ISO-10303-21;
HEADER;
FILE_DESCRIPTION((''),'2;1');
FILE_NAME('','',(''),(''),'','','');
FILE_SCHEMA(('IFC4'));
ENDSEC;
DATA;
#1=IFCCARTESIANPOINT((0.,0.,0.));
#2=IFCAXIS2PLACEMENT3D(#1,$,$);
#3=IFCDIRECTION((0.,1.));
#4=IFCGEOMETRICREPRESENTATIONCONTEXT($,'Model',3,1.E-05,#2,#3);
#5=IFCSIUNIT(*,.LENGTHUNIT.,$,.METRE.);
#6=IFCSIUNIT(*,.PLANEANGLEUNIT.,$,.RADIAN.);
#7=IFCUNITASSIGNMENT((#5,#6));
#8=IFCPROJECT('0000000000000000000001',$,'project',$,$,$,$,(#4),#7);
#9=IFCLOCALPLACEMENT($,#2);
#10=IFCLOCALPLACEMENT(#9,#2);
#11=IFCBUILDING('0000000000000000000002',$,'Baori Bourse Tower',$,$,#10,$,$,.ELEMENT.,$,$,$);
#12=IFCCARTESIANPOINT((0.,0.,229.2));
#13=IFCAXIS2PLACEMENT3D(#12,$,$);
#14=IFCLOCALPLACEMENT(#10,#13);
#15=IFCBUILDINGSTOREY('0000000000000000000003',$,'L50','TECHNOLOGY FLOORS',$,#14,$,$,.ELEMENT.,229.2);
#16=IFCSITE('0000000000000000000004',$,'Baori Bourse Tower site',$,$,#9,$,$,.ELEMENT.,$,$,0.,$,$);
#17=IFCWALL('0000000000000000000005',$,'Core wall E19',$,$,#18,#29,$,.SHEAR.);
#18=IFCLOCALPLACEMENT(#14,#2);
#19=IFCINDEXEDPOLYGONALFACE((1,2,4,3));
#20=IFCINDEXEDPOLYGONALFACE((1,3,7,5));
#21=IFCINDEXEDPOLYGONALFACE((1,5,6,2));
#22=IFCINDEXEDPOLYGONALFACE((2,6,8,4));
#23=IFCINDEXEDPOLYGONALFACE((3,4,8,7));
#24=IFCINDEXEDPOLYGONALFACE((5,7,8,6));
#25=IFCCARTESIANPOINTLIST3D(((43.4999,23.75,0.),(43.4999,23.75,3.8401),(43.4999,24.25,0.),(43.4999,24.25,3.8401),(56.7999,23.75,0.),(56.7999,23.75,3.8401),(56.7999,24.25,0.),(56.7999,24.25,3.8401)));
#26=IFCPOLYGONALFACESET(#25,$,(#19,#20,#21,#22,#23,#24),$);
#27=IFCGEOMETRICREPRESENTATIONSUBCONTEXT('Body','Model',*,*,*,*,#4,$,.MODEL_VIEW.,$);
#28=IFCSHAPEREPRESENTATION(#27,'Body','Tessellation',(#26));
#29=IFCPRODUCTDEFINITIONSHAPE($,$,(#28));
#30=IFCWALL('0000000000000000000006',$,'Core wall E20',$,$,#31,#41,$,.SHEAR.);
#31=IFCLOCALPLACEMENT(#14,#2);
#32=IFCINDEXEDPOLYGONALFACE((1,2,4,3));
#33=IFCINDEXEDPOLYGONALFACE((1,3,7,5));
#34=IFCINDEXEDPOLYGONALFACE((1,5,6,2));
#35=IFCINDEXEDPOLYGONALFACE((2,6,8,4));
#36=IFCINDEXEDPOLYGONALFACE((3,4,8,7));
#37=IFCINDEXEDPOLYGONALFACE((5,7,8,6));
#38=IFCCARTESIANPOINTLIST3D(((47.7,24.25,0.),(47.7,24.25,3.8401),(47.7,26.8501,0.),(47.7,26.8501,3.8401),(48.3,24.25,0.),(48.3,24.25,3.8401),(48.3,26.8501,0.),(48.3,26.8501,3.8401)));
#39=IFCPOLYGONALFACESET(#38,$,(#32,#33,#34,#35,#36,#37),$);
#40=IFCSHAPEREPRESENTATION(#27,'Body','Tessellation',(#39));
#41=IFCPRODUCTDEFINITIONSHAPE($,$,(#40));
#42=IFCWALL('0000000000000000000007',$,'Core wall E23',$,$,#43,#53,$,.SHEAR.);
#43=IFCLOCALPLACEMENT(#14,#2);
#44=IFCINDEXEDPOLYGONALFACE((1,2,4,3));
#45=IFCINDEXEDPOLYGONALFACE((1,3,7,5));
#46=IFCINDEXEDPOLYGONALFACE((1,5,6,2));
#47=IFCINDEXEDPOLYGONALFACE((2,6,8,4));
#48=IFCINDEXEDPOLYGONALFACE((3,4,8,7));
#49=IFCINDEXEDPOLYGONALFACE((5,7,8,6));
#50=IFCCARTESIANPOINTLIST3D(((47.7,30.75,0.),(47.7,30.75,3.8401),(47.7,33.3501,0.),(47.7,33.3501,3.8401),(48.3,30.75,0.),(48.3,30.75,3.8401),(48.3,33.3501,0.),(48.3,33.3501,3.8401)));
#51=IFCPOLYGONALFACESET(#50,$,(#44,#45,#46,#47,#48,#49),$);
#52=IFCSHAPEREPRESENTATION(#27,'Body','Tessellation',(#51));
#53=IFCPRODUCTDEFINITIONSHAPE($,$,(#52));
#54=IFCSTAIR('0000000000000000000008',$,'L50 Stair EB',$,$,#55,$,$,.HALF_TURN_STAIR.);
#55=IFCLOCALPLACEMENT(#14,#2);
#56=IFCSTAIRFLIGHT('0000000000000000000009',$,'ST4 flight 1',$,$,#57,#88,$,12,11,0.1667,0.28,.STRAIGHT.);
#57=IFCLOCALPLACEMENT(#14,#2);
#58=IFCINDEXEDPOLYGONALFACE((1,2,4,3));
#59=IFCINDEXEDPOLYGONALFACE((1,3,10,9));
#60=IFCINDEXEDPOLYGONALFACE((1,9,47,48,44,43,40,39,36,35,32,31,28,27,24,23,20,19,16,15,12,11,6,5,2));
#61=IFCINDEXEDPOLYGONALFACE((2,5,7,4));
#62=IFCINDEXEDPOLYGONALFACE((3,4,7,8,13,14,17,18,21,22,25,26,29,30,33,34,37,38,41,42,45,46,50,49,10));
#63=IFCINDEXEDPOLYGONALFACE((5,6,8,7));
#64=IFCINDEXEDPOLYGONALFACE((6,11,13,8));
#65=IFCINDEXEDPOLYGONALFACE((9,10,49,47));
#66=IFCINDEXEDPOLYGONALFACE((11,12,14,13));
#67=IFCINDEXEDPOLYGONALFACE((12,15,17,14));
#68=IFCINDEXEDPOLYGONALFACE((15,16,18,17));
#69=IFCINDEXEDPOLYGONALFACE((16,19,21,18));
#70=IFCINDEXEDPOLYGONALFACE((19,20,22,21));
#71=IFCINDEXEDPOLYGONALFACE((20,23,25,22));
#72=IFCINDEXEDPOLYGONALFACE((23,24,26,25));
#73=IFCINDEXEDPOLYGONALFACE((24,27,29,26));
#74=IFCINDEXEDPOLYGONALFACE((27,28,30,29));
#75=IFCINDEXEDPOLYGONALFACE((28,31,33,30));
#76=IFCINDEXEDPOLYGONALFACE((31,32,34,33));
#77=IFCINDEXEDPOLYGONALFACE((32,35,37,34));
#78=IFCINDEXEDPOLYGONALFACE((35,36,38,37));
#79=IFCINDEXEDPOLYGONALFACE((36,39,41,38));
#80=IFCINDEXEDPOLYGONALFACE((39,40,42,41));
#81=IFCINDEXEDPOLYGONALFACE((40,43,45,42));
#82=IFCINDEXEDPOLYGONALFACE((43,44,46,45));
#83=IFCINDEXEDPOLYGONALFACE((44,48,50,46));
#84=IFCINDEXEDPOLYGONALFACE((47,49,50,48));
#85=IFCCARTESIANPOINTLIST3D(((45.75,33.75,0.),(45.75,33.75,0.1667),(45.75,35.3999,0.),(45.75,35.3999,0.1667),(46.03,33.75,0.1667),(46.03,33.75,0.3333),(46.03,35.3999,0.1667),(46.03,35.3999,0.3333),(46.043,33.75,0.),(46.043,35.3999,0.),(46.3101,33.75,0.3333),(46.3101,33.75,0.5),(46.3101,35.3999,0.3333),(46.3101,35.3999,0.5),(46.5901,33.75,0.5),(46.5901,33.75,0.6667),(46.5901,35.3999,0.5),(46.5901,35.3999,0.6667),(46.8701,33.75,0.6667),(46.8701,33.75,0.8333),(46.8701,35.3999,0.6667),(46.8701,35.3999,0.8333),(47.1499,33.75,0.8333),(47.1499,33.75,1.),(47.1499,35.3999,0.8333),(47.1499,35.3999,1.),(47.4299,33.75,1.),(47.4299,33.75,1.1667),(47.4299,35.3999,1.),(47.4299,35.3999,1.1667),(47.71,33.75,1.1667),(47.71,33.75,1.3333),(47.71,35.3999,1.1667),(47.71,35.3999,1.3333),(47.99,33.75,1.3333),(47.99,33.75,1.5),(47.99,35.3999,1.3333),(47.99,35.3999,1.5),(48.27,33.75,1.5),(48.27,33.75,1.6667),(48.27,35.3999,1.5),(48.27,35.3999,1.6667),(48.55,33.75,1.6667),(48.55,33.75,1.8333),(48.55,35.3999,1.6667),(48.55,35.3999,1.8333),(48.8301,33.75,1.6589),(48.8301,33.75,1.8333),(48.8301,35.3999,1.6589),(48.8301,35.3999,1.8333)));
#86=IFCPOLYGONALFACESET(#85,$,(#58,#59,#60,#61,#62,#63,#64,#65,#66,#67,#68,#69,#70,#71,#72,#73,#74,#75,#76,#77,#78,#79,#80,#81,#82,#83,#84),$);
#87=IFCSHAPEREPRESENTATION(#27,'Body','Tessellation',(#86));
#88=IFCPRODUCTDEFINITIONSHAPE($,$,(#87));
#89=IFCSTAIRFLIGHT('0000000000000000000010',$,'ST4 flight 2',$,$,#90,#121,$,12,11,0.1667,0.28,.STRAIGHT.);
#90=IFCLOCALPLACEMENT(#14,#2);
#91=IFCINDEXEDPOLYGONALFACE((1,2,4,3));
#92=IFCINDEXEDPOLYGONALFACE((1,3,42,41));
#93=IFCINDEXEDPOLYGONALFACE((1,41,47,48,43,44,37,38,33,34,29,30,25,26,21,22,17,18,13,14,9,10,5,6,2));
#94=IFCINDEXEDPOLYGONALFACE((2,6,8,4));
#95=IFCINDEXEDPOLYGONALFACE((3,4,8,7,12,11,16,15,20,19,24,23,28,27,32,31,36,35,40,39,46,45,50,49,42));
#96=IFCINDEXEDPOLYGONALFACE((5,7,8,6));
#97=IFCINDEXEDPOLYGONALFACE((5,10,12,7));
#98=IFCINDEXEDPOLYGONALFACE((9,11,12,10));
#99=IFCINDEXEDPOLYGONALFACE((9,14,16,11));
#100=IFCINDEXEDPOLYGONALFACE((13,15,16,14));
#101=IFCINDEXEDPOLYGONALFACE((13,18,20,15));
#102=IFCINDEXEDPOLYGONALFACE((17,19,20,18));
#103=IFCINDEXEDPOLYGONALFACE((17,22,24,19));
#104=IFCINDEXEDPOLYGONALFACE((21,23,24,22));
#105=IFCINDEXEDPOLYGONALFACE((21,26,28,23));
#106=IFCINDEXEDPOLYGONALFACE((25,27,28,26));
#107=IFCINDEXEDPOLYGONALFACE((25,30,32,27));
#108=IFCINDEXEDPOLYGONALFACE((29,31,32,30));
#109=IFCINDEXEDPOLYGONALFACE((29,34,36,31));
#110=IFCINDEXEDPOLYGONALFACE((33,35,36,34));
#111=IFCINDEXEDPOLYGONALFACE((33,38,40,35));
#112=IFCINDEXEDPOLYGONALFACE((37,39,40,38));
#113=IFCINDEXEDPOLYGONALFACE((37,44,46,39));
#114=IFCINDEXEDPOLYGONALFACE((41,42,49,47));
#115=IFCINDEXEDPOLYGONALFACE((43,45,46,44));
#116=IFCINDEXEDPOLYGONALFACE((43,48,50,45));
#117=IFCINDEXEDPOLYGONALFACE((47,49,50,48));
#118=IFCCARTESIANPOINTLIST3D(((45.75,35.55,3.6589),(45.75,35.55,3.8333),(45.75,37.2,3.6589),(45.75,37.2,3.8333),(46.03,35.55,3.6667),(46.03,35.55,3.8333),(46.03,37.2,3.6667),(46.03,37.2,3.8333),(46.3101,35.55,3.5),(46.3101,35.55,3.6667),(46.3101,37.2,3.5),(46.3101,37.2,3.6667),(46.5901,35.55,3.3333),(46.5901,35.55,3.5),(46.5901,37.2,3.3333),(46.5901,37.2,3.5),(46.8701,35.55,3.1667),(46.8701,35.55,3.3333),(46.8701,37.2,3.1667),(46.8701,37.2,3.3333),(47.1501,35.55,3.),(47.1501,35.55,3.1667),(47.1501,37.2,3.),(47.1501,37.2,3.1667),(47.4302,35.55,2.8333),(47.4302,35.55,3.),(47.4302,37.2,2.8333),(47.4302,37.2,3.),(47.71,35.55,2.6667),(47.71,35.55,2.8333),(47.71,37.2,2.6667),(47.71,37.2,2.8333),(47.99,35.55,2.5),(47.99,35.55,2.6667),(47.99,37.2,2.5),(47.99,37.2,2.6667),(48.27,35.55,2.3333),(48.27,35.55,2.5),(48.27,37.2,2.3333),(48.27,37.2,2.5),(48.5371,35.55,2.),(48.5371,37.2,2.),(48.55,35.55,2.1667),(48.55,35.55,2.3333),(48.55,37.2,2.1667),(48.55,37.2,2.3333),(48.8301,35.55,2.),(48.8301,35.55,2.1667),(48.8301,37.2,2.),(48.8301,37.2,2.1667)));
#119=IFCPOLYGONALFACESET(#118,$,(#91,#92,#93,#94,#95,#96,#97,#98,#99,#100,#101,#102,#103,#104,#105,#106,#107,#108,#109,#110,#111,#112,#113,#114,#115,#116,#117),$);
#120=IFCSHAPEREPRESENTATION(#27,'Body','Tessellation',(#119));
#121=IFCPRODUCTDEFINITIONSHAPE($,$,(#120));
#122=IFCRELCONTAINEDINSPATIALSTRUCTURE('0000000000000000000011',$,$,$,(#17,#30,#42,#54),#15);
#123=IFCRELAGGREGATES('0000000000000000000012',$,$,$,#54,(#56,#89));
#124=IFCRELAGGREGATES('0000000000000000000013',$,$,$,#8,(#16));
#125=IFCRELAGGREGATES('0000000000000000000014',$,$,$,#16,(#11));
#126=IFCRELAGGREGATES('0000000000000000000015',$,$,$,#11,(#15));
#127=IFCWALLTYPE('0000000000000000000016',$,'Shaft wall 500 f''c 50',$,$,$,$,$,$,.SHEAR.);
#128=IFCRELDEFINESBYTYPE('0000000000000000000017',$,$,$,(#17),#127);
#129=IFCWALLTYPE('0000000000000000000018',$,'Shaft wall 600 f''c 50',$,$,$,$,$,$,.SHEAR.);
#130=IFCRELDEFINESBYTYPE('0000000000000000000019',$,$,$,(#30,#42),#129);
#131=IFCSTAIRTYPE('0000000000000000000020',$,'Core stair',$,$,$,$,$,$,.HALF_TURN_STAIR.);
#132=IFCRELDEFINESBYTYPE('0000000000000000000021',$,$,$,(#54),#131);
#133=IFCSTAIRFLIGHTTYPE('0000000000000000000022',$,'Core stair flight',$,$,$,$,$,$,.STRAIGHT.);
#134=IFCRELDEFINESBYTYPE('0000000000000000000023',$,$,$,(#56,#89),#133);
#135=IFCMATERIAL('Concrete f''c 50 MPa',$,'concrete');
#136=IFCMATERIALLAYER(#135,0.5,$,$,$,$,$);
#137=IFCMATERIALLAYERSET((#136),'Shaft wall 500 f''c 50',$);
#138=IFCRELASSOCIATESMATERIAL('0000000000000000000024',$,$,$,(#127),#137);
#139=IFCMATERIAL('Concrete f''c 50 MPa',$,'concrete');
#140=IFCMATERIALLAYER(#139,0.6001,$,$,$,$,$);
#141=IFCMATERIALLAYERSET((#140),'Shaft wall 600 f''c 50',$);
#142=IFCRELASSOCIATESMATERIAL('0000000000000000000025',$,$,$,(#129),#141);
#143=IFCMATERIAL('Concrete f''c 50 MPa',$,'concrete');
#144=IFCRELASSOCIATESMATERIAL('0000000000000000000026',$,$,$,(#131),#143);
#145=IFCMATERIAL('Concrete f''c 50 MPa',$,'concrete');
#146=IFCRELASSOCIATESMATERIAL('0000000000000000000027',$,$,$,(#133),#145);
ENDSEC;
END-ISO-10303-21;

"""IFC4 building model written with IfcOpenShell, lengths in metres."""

from ifc_helpers import new_model, si_unit, direction, frame, frame_2d, origin, place, context, subcontext, project, spatial, polyline, rectangle, outline, extrude, material, layer, layer_set, type_object, element, aggregate, save


model = new_model("IFC4")

# Units and contexts
model_context = context("Model", 3, precision=1e-05, world=origin(), true_north=direction((0.0, 1.0)))
body_context = subcontext(model_context, "Body", "Model", "MODEL_VIEW")
ifc_project = project(units=[si_unit("LENGTHUNIT", "METRE"), si_unit("PLANEANGLEUNIT", "RADIAN")], contexts=[model_context])

# Site, building, storey
site_placement = place(None, origin())
site = spatial("IfcSite", under=ifc_project, at=site_placement, Name="Baori Bourse Tower site", CompositionType="ELEMENT", RefElevation=0.0)
building_placement = place(site_placement, origin())
building = spatial("IfcBuilding", under=site, at=building_placement, Name="Baori Bourse Tower", CompositionType="ELEMENT")
storey_placement = place(building_placement, frame((0.0, 0.0, 229.2)))
storey = spatial("IfcBuildingStorey", under=building, at=storey_placement, Name="L50", Description="TECHNOLOGY FLOORS", CompositionType="ELEMENT", Elevation=229.2)

# Walls
ifc_material_1 = material(Name="Concrete f'c 50 MPa", Category="concrete")
ifc_layer_1 = layer(ifc_material_1, 0.5)
ifc_layer_set_1 = layer_set([ifc_layer_1], Name="Shaft wall 500 f'c 50")
wall_type_1 = type_object("IfcWallType", Name="Shaft wall 500 f'c 50", PredefinedType="SHEAR", material=ifc_layer_set_1)
wall_1_placement = place(storey_placement, frame((43.5, 24.0, 0.0), z_axis=(0.0, 0.0, 1.0), x_axis=(1.0, 0.0, 0.0)))
element("IfcWall", 1, at=wall_1_placement, inside=storey, type_object=wall_type_1, Name="Core wall E19", PredefinedType="SHEAR", context=body_context, shape_type="SweptSolid", body=[
    extrude(rectangle(XDim=13.3, YDim=0.5, at=frame_2d((6.6499, 0.0))), origin(), (0.0, 0.0, 1.0), 3.8401),
])
ifc_material_2 = material(Name="Concrete f'c 50 MPa", Category="concrete")
ifc_layer_2 = layer(ifc_material_2, 0.6001)
ifc_layer_set_2 = layer_set([ifc_layer_2], Name="Shaft wall 600 f'c 50")
wall_type_2 = type_object("IfcWallType", Name="Shaft wall 600 f'c 50", PredefinedType="SHEAR", material=ifc_layer_set_2)
for number, where, z_axis, x_axis, name in (
    (2, (48.0, 24.25, 0.0), (0.0, 0.0, 1.0), (0.0, 1.0, 0.0), "Core wall E20"),
    (3, (48.0, 30.75, 0.0), (0.0, 0.0, 1.0), (0.0, 1.0, 0.0), "Core wall E23"),
):
    element("IfcWall", number, at=place(storey_placement, frame(where, z_axis=z_axis, x_axis=x_axis)), inside=storey, type_object=wall_type_2, Name=name, PredefinedType="SHEAR", context=body_context, shape_type="SweptSolid", body=[
        extrude(rectangle(XDim=2.6001, YDim=0.6001, at=frame_2d((1.3, 0.0))), origin(), (0.0, 0.0, 1.0), 3.8401),
    ])

# Stair, stair flights
ifc_material_3 = material(Name="Concrete f'c 50 MPa", Category="concrete")
stair_type = type_object("IfcStairType", Name="Core stair", PredefinedType="HALF_TURN_STAIR", material=ifc_material_3)
stair_placement = place(storey_placement, origin())
stair = element("IfcStair", 4, at=stair_placement, inside=storey, type_object=stair_type, Name="L50 Stair EB", PredefinedType="HALF_TURN_STAIR")
ifc_material_4 = material(Name="Concrete f'c 50 MPa", Category="concrete")
stair_flight_type = type_object("IfcStairFlightType", Name="Core stair flight", PredefinedType="STRAIGHT", material=ifc_material_4)
stair_flight_1_placement = place(storey_placement, frame((45.75, 34.575, 0.0), z_axis=(0.0, 0.0, 1.0), x_axis=(1.0, 0.0, 0.0)))
stair_flight_1 = element("IfcStairFlight", 5, at=stair_flight_1_placement, type_object=stair_flight_type, Name="ST4 flight 1", NumberOfRisers=12, NumberOfTreads=11, PredefinedType="STRAIGHT", RiserHeight=0.1667, TreadLength=0.28, context=body_context, shape_type="SweptSolid", body=[
    extrude(outline(polyline([(0.0, 0.0), (0.0, 0.1667), (0.28, 0.1667), (0.28, 0.3333), (0.5601, 0.3333), (0.5601, 0.5), (0.8401, 0.5), (0.8401, 0.6667), (1.1201, 0.6667), (1.1201, 0.8333), (1.3999, 0.8333), (1.3999, 1.0), (1.6799, 1.0), (1.6799, 1.1667), (1.96, 1.1667), (1.96, 1.3333), (2.24, 1.3333), (2.24, 1.5), (2.52, 1.5), (2.52, 1.6667), (2.8, 1.6667), (2.8, 1.8333), (3.0801, 1.8333), (3.0801, 2.0), (3.0801, 1.6589), (0.293, 0.0), (0.0, 0.0)])), frame((0.0, 0.825, 0.0), z_axis=(0.0, -1.0, 0.0), x_axis=(1.0, 0.0, 0.0)), (0.0, 0.0, 1.0), 1.6499),
])
stair_flight_2_placement = place(storey_placement, frame((48.8301, 36.375, 2.0), z_axis=(0.0, 0.0, 1.0), x_axis=(-1.0, 0.0, 0.0)))
stair_flight_2 = element("IfcStairFlight", 6, at=stair_flight_2_placement, type_object=stair_flight_type, Name="ST4 flight 2", NumberOfRisers=12, NumberOfTreads=11, PredefinedType="STRAIGHT", RiserHeight=0.1667, TreadLength=0.28, context=body_context, shape_type="SweptSolid", body=[
    extrude(outline(polyline([(0.0, 0.0), (0.0, 0.1667), (0.28, 0.1667), (0.28, 0.3333), (0.5601, 0.3333), (0.5601, 0.5), (0.8401, 0.5), (0.8401, 0.6667), (1.1201, 0.6667), (1.1201, 0.8333), (1.3999, 0.8333), (1.3999, 1.0), (1.6799, 1.0), (1.6799, 1.1667), (1.96, 1.1667), (1.96, 1.3333), (2.24, 1.3333), (2.24, 1.5), (2.52, 1.5), (2.52, 1.6667), (2.8, 1.6667), (2.8, 1.8333), (3.0801, 1.8333), (3.0801, 2.0), (3.0801, 1.6589), (0.293, 0.0), (0.0, 0.0)])), frame((0.0, 0.825, 0.0), z_axis=(0.0, -1.0, 0.0), x_axis=(1.0, 0.0, 0.0)), (0.0, 0.0, 1.0), 1.6499),
])
aggregate(stair, [stair_flight_1, stair_flight_2])

save(model, "model.ifc")
